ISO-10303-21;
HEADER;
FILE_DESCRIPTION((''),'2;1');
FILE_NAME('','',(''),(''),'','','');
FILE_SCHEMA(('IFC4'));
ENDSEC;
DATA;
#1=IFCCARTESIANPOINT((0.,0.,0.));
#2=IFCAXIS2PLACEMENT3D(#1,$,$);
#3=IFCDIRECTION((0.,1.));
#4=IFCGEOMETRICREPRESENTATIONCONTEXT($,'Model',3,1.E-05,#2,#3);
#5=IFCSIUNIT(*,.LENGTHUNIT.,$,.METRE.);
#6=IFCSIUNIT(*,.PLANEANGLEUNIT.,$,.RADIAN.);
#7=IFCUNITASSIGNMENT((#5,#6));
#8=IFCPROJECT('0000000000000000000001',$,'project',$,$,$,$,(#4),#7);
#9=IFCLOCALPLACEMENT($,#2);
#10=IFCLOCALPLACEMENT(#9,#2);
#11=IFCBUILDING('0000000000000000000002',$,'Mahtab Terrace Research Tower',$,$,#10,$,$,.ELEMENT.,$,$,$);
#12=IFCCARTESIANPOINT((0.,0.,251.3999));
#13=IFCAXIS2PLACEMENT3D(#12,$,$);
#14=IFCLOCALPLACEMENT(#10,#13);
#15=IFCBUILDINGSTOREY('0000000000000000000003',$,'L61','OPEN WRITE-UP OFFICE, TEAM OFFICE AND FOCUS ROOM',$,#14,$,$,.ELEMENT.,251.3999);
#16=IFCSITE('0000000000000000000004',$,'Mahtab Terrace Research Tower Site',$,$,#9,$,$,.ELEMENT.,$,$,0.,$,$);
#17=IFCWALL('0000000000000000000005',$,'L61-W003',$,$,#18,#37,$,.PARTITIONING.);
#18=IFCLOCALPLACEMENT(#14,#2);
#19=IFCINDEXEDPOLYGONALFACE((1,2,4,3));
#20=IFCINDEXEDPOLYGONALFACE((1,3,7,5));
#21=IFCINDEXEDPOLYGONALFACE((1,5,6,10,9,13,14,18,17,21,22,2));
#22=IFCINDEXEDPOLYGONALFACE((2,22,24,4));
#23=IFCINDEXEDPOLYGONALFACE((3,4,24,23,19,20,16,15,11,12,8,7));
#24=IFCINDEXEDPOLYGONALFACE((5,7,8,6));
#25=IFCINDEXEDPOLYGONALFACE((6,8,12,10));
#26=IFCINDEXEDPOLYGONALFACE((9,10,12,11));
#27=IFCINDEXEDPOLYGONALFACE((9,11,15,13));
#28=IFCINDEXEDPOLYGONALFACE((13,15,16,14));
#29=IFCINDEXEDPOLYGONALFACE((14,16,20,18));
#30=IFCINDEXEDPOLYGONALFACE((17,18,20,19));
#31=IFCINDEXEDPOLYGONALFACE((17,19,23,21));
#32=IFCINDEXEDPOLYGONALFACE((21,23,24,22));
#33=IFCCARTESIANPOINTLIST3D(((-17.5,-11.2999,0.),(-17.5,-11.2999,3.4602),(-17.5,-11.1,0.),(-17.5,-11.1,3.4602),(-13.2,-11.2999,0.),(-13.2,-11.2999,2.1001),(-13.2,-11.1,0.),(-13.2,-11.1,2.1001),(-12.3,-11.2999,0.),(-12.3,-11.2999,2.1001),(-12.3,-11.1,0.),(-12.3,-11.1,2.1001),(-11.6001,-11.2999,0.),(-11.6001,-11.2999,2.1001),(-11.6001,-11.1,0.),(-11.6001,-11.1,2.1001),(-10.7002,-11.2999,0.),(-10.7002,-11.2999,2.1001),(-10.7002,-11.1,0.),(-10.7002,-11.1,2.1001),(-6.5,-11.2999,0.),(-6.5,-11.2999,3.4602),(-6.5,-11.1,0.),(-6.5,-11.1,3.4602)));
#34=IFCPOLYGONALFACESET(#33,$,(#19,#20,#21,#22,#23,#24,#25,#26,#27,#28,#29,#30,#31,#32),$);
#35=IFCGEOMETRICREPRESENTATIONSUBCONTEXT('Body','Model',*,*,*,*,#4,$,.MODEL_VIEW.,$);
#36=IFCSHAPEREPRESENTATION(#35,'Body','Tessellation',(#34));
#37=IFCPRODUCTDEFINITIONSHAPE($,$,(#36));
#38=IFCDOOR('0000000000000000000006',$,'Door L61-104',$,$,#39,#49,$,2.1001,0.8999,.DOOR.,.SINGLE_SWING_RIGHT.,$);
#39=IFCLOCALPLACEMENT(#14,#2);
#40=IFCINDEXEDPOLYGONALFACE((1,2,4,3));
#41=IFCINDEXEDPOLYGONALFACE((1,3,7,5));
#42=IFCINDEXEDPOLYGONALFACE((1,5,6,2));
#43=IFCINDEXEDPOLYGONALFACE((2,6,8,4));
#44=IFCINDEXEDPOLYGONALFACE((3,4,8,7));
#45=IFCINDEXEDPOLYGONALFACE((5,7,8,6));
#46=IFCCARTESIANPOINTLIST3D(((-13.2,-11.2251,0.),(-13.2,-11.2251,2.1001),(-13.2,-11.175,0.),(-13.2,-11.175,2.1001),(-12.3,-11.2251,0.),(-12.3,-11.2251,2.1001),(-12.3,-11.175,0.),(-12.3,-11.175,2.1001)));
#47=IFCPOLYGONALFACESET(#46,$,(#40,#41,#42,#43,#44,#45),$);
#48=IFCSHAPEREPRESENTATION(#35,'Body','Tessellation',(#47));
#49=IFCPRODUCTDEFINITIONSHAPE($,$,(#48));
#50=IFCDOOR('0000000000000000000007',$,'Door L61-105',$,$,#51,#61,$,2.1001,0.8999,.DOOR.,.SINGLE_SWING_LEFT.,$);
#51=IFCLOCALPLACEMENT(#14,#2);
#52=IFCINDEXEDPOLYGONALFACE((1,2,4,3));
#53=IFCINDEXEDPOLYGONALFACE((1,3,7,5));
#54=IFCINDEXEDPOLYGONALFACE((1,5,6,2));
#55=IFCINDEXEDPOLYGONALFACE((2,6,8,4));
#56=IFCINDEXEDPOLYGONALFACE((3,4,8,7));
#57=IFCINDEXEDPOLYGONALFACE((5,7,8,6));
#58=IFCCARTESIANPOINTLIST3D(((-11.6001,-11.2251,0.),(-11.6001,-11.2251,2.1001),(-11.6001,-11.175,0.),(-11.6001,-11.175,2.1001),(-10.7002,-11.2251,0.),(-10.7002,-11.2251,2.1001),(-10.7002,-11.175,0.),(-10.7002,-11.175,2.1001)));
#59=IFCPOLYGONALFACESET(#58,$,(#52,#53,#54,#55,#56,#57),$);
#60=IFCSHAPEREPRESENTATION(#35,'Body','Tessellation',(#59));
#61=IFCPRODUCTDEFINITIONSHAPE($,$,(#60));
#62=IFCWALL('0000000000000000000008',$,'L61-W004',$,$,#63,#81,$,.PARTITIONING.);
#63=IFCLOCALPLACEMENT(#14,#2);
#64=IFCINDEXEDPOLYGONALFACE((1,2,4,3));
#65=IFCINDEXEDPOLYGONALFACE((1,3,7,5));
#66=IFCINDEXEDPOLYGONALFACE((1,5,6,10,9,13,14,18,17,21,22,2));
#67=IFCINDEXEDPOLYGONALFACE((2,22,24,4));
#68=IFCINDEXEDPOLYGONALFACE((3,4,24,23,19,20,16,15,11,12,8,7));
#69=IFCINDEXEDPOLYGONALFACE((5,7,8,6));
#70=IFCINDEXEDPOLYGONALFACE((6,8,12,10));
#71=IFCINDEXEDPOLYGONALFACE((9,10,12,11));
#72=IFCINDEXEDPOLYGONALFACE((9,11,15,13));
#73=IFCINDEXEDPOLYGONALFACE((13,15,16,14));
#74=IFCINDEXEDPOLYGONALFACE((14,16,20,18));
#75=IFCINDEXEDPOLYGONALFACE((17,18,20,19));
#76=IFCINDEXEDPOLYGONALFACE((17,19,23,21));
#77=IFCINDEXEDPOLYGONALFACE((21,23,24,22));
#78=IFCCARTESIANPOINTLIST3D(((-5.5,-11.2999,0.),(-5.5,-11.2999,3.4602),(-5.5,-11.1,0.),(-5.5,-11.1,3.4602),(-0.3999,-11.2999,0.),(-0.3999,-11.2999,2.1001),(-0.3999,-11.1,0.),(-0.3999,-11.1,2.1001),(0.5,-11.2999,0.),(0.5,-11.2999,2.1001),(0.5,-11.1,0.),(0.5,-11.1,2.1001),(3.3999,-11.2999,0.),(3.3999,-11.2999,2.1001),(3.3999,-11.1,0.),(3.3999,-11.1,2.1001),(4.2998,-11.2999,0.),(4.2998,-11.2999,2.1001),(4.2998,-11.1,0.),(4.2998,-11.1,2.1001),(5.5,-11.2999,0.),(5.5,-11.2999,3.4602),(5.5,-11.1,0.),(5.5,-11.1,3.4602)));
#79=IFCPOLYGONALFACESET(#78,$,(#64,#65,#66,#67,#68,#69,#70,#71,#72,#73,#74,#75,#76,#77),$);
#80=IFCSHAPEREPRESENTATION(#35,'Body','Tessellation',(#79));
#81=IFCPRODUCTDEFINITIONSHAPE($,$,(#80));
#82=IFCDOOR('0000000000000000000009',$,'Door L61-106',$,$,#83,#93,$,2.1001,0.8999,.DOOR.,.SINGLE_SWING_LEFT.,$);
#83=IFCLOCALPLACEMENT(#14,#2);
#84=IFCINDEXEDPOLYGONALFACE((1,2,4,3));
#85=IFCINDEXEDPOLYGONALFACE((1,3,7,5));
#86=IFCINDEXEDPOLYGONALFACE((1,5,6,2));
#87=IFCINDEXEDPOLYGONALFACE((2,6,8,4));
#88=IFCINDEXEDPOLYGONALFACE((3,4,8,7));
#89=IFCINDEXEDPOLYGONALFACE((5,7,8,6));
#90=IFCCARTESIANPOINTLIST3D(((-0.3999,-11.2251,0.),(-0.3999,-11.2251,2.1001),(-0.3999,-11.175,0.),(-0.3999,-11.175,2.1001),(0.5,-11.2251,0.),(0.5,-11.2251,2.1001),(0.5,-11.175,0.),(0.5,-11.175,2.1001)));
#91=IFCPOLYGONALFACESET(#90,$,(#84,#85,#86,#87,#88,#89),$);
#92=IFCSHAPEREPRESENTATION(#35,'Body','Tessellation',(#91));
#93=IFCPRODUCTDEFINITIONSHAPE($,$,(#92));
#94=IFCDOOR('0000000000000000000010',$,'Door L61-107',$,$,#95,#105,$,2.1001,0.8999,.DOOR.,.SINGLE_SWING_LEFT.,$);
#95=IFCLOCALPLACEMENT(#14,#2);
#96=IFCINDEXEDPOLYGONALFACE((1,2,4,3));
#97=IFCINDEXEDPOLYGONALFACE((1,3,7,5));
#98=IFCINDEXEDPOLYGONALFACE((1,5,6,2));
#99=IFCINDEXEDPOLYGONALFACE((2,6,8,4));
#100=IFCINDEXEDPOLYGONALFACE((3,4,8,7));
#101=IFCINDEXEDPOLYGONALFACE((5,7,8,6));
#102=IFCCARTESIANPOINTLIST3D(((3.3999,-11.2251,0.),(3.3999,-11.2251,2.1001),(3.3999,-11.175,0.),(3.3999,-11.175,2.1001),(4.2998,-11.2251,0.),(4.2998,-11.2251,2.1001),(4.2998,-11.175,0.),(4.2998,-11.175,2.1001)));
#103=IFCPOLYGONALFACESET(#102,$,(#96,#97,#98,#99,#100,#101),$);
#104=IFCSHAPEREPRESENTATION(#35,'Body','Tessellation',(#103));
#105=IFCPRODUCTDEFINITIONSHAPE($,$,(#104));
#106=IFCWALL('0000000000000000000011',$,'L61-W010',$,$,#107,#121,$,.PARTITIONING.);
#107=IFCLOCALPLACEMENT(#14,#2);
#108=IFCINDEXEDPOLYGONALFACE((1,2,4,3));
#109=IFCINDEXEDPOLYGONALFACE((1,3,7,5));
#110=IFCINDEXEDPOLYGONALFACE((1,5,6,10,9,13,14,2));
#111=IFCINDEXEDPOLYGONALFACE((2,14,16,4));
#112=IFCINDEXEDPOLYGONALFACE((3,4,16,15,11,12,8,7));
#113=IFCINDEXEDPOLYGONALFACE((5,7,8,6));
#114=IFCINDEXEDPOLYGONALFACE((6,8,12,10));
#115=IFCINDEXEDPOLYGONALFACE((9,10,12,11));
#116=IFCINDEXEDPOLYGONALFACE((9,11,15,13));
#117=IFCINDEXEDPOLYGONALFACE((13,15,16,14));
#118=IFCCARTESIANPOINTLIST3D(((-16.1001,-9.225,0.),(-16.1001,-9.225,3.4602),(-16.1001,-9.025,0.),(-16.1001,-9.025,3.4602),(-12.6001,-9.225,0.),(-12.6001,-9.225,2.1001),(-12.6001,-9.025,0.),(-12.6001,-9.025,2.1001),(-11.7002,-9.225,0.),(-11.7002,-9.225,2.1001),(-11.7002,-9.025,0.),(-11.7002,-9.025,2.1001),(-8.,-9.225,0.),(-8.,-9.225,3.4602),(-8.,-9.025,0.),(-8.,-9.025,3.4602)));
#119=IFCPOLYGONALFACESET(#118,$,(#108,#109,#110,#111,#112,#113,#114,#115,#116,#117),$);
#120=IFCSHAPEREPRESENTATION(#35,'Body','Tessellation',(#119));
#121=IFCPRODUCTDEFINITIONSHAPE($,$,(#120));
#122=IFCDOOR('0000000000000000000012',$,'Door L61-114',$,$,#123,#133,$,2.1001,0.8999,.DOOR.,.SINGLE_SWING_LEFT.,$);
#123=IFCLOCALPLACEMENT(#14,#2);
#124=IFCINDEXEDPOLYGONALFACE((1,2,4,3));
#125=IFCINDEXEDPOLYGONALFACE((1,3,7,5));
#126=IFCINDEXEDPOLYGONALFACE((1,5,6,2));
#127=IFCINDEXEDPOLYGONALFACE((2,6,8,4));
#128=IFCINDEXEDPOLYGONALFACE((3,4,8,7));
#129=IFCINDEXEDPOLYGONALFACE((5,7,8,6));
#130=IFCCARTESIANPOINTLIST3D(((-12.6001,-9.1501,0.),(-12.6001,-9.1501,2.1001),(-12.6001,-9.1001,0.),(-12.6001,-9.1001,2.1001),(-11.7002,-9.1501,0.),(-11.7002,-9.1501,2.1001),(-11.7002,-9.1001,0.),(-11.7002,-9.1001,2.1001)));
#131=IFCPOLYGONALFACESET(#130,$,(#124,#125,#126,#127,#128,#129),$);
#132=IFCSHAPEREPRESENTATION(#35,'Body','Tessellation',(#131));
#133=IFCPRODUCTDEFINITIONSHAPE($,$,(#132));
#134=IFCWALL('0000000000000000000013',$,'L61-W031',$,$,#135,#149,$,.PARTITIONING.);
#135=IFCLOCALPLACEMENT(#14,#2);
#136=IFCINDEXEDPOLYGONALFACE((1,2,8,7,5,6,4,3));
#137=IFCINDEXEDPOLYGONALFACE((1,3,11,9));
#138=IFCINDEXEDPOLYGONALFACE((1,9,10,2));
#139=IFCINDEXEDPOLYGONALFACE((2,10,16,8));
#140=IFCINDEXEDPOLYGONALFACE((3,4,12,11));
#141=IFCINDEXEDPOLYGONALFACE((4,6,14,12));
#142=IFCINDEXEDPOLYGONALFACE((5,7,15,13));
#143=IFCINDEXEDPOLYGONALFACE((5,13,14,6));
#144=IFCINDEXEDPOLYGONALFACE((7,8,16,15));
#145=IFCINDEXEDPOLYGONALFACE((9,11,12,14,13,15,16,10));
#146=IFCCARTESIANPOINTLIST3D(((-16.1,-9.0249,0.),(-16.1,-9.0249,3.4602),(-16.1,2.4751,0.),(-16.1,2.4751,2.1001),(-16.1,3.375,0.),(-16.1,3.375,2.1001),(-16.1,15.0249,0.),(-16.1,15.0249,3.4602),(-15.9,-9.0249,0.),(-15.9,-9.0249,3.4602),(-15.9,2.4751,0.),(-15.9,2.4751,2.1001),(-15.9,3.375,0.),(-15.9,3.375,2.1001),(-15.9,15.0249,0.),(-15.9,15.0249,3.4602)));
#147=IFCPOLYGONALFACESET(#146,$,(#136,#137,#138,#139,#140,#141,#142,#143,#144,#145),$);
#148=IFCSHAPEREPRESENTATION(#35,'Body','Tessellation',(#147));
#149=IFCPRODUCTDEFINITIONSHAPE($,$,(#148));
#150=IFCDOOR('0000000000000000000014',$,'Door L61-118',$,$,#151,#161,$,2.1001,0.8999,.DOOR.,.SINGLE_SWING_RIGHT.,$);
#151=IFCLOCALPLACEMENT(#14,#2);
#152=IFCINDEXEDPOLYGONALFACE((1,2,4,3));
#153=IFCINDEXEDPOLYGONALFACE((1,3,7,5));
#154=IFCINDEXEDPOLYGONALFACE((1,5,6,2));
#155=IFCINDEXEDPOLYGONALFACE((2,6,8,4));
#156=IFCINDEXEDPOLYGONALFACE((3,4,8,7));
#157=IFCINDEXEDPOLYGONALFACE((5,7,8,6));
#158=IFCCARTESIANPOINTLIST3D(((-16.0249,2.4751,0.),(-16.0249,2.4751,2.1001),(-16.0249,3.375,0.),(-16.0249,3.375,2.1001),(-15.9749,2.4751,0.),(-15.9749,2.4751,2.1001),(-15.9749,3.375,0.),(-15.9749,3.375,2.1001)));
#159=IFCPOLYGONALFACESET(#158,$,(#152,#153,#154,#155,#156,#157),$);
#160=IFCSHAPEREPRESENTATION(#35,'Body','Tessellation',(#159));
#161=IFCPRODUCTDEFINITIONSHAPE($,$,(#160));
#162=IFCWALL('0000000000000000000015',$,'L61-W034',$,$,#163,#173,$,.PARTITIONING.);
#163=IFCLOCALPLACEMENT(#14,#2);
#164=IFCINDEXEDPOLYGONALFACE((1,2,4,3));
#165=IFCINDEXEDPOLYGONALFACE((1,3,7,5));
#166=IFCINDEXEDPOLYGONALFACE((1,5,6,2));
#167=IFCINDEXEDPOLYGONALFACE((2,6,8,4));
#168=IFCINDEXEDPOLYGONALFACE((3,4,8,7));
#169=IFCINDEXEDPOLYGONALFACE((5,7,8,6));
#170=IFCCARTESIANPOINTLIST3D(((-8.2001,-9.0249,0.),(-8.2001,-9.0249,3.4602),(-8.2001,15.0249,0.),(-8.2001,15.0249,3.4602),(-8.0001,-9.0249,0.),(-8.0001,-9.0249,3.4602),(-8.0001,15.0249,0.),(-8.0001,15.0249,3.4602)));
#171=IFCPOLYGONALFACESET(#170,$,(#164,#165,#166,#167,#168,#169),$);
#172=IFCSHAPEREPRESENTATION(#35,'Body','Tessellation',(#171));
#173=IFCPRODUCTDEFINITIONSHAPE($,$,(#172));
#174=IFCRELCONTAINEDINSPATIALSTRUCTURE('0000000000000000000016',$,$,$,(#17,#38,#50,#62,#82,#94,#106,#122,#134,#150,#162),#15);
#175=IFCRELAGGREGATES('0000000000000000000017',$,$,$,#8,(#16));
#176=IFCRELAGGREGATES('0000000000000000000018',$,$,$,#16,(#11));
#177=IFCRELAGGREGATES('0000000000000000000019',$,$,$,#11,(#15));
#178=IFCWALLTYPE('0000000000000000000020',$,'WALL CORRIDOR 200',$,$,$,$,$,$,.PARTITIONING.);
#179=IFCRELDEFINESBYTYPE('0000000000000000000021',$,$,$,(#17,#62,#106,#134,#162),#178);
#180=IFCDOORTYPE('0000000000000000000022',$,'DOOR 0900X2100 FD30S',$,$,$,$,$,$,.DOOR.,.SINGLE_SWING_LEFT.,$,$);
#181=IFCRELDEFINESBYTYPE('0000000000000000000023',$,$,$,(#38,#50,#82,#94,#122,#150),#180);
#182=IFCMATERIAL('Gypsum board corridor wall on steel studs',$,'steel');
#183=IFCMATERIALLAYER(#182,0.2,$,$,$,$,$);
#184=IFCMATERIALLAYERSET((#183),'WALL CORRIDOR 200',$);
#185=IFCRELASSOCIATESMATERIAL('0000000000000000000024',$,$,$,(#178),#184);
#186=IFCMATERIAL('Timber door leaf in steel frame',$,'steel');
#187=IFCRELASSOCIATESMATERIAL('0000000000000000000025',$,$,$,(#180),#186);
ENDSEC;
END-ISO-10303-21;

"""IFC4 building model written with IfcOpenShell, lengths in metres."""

from ifc_helpers import new_model, si_unit, direction, frame, frame_2d, origin, place, context, subcontext, project, spatial, rectangle, extrude, material, layer, layer_set, type_object, element, fill, save


model = new_model("IFC4")

# Units and contexts
model_context = context("Model", 3, precision=1e-05, world=origin(), true_north=direction((0.0, 1.0)))
body_context = subcontext(model_context, "Body", "Model", "MODEL_VIEW")
ifc_project = project(units=[si_unit("LENGTHUNIT", "METRE"), si_unit("PLANEANGLEUNIT", "RADIAN")], contexts=[model_context])

# Site, building, storey
site_placement = place(None, origin())
site = spatial("IfcSite", under=ifc_project, at=site_placement, Name="Mahtab Terrace Research Tower Site", CompositionType="ELEMENT", RefElevation=0.0)
building_placement = place(site_placement, origin())
building = spatial("IfcBuilding", under=site, at=building_placement, Name="Mahtab Terrace Research Tower", CompositionType="ELEMENT")
storey_placement = place(building_placement, frame((0.0, 0.0, 251.3999)))
storey = spatial("IfcBuildingStorey", under=building, at=storey_placement, Name="L61", Description="OPEN WRITE-UP OFFICE, TEAM OFFICE AND FOCUS ROOM", CompositionType="ELEMENT", Elevation=251.3999)

# Walls, openings, doors
ifc_material_1 = material(Name="Gypsum board corridor wall on steel studs", Category="steel")
ifc_layer_1 = layer(ifc_material_1, 0.2)
ifc_layer_set_1 = layer_set([ifc_layer_1], Name="WALL CORRIDOR 200")
wall_type_1 = type_object("IfcWallType", Name="WALL CORRIDOR 200", PredefinedType="PARTITIONING", material=ifc_layer_set_1)
wall_1_placement = place(storey_placement, frame((-17.5, -11.2, 0.0), z_axis=(0.0, 0.0, 1.0), x_axis=(1.0, 0.0, 0.0)))
wall_1 = element("IfcWall", 1, at=wall_1_placement, inside=storey, type_object=wall_type_1, Name="L61-W003", PredefinedType="PARTITIONING", context=body_context, shape_type="SweptSolid", body=[
    extrude(rectangle(XDim=11.0, YDim=0.2, at=frame_2d((5.5, 0.0))), origin(), (0.0, 0.0, 1.0), 3.4602),
])
opening_1_placement = place(wall_1_placement, frame((4.3, 0.0, 0.0)))
opening_1 = element("IfcOpeningElement", 2, at=opening_1_placement, cuts=wall_1, PredefinedType="OPENING", context=body_context, shape_type="SweptSolid", body=[
    extrude(rectangle(XDim=0.8999, YDim=2.1001, at=frame_2d((0.45, 1.05))), frame((0.0, 0.1099, 0.0), z_axis=(0.0, -1.0, 0.0), x_axis=(1.0, 0.0, 0.0)), (0.0, 0.0, 1.0), 0.22),
])
opening_2_placement = place(wall_1_placement, frame((5.8999, 0.0, 0.0)))
opening_2 = element("IfcOpeningElement", 3, at=opening_2_placement, cuts=wall_1, PredefinedType="OPENING", context=body_context, shape_type="SweptSolid", body=[
    extrude(rectangle(XDim=0.8999, YDim=2.1001, at=frame_2d((0.45, 1.05))), frame((0.0, 0.1099, 0.0), z_axis=(0.0, -1.0, 0.0), x_axis=(1.0, 0.0, 0.0)), (0.0, 0.0, 1.0), 0.22),
])
ifc_material_2 = material(Name="Timber door leaf in steel frame", Category="steel")
door_type = type_object("IfcDoorType", Name="DOOR 0900X2100 FD30S", OperationType="SINGLE_SWING_LEFT", PredefinedType="DOOR", material=ifc_material_2)
door_1_placement = place(opening_1_placement, origin())
door_1 = element("IfcDoor", 4, at=door_1_placement, inside=storey, type_object=door_type, Name="Door L61-104", OperationType="SINGLE_SWING_RIGHT", OverallHeight=2.1001, OverallWidth=0.8999, PredefinedType="DOOR", context=body_context, shape_type="SweptSolid", body=[
    extrude(rectangle(XDim=0.8999, YDim=2.1001, at=frame_2d((0.45, 1.05))), frame((0.0, 0.0249, 0.0), z_axis=(0.0, -1.0, 0.0), x_axis=(1.0, 0.0, 0.0)), (0.0, 0.0, 1.0), 0.05),
])
fill(opening_1, door_1)
door_2_placement = place(opening_2_placement, origin())
door_2 = element("IfcDoor", 5, at=door_2_placement, inside=storey, type_object=door_type, Name="Door L61-105", OperationType="SINGLE_SWING_LEFT", OverallHeight=2.1001, OverallWidth=0.8999, PredefinedType="DOOR", context=body_context, shape_type="SweptSolid", body=[
    extrude(rectangle(XDim=0.8999, YDim=2.1001, at=frame_2d((0.45, 1.05))), frame((0.0, 0.0249, 0.0), z_axis=(0.0, -1.0, 0.0), x_axis=(1.0, 0.0, 0.0)), (0.0, 0.0, 1.0), 0.05),
])
fill(opening_2, door_2)
wall_2_placement = place(storey_placement, frame((-5.5, -11.2, 0.0), z_axis=(0.0, 0.0, 1.0), x_axis=(1.0, 0.0, 0.0)))
wall_2 = element("IfcWall", 6, at=wall_2_placement, inside=storey, type_object=wall_type_1, Name="L61-W004", PredefinedType="PARTITIONING", context=body_context, shape_type="SweptSolid", body=[
    extrude(rectangle(XDim=11.0, YDim=0.2, at=frame_2d((5.5, 0.0))), origin(), (0.0, 0.0, 1.0), 3.4602),
])
opening_3_placement = place(wall_2_placement, frame((5.1001, 0.0, 0.0)))
opening_3 = element("IfcOpeningElement", 7, at=opening_3_placement, cuts=wall_2, PredefinedType="OPENING", context=body_context, shape_type="SweptSolid", body=[
    extrude(rectangle(XDim=0.8999, YDim=2.1001, at=frame_2d((0.45, 1.05))), frame((0.0, 0.1099, 0.0), z_axis=(0.0, -1.0, 0.0), x_axis=(1.0, 0.0, 0.0)), (0.0, 0.0, 1.0), 0.22),
])
opening_4_placement = place(wall_2_placement, frame((8.8999, 0.0, 0.0)))
opening_4 = element("IfcOpeningElement", 8, at=opening_4_placement, cuts=wall_2, PredefinedType="OPENING", context=body_context, shape_type="SweptSolid", body=[
    extrude(rectangle(XDim=0.8999, YDim=2.1001, at=frame_2d((0.45, 1.05))), frame((0.0, 0.1099, 0.0), z_axis=(0.0, -1.0, 0.0), x_axis=(1.0, 0.0, 0.0)), (0.0, 0.0, 1.0), 0.22),
])
door_3_placement = place(opening_3_placement, origin())
door_3 = element("IfcDoor", 9, at=door_3_placement, inside=storey, type_object=door_type, Name="Door L61-106", OperationType="SINGLE_SWING_LEFT", OverallHeight=2.1001, OverallWidth=0.8999, PredefinedType="DOOR", context=body_context, shape_type="SweptSolid", body=[
    extrude(rectangle(XDim=0.8999, YDim=2.1001, at=frame_2d((0.45, 1.05))), frame((0.0, 0.0249, 0.0), z_axis=(0.0, -1.0, 0.0), x_axis=(1.0, 0.0, 0.0)), (0.0, 0.0, 1.0), 0.05),
])
fill(opening_3, door_3)
door_4_placement = place(opening_4_placement, origin())
door_4 = element("IfcDoor", 10, at=door_4_placement, inside=storey, type_object=door_type, Name="Door L61-107", OperationType="SINGLE_SWING_LEFT", OverallHeight=2.1001, OverallWidth=0.8999, PredefinedType="DOOR", context=body_context, shape_type="SweptSolid", body=[
    extrude(rectangle(XDim=0.8999, YDim=2.1001, at=frame_2d((0.45, 1.05))), frame((0.0, 0.0249, 0.0), z_axis=(0.0, -1.0, 0.0), x_axis=(1.0, 0.0, 0.0)), (0.0, 0.0, 1.0), 0.05),
])
fill(opening_4, door_4)

# Walls, openings, doors
wall_3_placement = place(storey_placement, frame((-16.1001, -9.125, 0.0), z_axis=(0.0, 0.0, 1.0), x_axis=(1.0, 0.0, 0.0)))
wall_3 = element("IfcWall", 11, at=wall_3_placement, inside=storey, type_object=wall_type_1, Name="L61-W010", PredefinedType="PARTITIONING", context=body_context, shape_type="SweptSolid", body=[
    extrude(rectangle(XDim=8.1001, YDim=0.2, at=frame_2d((4.05, 0.0))), origin(), (0.0, 0.0, 1.0), 3.4602),
])
opening_5_placement = place(wall_3_placement, frame((3.5, 0.0, 0.0)))
opening_5 = element("IfcOpeningElement", 12, at=opening_5_placement, cuts=wall_3, PredefinedType="OPENING", context=body_context, shape_type="SweptSolid", body=[
    extrude(rectangle(XDim=0.8999, YDim=2.1001, at=frame_2d((0.45, 1.05))), frame((0.0, 0.1099, 0.0), z_axis=(0.0, -1.0, 0.0), x_axis=(1.0, 0.0, 0.0)), (0.0, 0.0, 1.0), 0.22),
])
door_5_placement = place(opening_5_placement, origin())
door_5 = element("IfcDoor", 13, at=door_5_placement, inside=storey, type_object=door_type, Name="Door L61-114", OperationType="SINGLE_SWING_LEFT", OverallHeight=2.1001, OverallWidth=0.8999, PredefinedType="DOOR", context=body_context, shape_type="SweptSolid", body=[
    extrude(rectangle(XDim=0.8999, YDim=2.1001, at=frame_2d((0.45, 1.05))), frame((0.0, 0.0249, 0.0), z_axis=(0.0, -1.0, 0.0), x_axis=(1.0, 0.0, 0.0)), (0.0, 0.0, 1.0), 0.05),
])
fill(opening_5, door_5)
wall_4_placement = place(storey_placement, frame((-16.0, -9.0249, 0.0), z_axis=(0.0, 0.0, 1.0), x_axis=(0.0, 1.0, 0.0)))
wall_4 = element("IfcWall", 14, at=wall_4_placement, inside=storey, type_object=wall_type_1, Name="L61-W031", PredefinedType="PARTITIONING", context=body_context, shape_type="SweptSolid", body=[
    extrude(rectangle(XDim=24.0498, YDim=0.2, at=frame_2d((12.0249, 0.0))), origin(), (0.0, 0.0, 1.0), 3.4602),
])
opening_6_placement = place(wall_4_placement, frame((11.5, 0.0, 0.0)))
opening_6 = element("IfcOpeningElement", 15, at=opening_6_placement, cuts=wall_4, PredefinedType="OPENING", context=body_context, shape_type="SweptSolid", body=[
    extrude(rectangle(XDim=0.8999, YDim=2.1001, at=frame_2d((0.45, 1.05))), frame((0.0, 0.1099, 0.0), z_axis=(0.0, -1.0, 0.0), x_axis=(1.0, 0.0, 0.0)), (0.0, 0.0, 1.0), 0.22),
])
door_6_placement = place(opening_6_placement, origin())
door_6 = element("IfcDoor", 16, at=door_6_placement, inside=storey, type_object=door_type, Name="Door L61-118", OperationType="SINGLE_SWING_RIGHT", OverallHeight=2.1001, OverallWidth=0.8999, PredefinedType="DOOR", context=body_context, shape_type="SweptSolid", body=[
    extrude(rectangle(XDim=0.8999, YDim=2.1001, at=frame_2d((0.45, 1.05))), frame((0.0, 0.0249, 0.0), z_axis=(0.0, -1.0, 0.0), x_axis=(1.0, 0.0, 0.0)), (0.0, 0.0, 1.0), 0.05),
])
fill(opening_6, door_6)

# Wall
wall_5_placement = place(storey_placement, frame((-8.1001, -9.0249, 0.0), z_axis=(0.0, 0.0, 1.0), x_axis=(0.0, 1.0, 0.0)))
element("IfcWall", 17, at=wall_5_placement, inside=storey, type_object=wall_type_1, Name="L61-W034", PredefinedType="PARTITIONING", context=body_context, shape_type="SweptSolid", body=[
    extrude(rectangle(XDim=24.0498, YDim=0.2, at=frame_2d((12.0249, 0.0))), origin(), (0.0, 0.0, 1.0), 3.4602),
])

save(model, "model.ifc")
